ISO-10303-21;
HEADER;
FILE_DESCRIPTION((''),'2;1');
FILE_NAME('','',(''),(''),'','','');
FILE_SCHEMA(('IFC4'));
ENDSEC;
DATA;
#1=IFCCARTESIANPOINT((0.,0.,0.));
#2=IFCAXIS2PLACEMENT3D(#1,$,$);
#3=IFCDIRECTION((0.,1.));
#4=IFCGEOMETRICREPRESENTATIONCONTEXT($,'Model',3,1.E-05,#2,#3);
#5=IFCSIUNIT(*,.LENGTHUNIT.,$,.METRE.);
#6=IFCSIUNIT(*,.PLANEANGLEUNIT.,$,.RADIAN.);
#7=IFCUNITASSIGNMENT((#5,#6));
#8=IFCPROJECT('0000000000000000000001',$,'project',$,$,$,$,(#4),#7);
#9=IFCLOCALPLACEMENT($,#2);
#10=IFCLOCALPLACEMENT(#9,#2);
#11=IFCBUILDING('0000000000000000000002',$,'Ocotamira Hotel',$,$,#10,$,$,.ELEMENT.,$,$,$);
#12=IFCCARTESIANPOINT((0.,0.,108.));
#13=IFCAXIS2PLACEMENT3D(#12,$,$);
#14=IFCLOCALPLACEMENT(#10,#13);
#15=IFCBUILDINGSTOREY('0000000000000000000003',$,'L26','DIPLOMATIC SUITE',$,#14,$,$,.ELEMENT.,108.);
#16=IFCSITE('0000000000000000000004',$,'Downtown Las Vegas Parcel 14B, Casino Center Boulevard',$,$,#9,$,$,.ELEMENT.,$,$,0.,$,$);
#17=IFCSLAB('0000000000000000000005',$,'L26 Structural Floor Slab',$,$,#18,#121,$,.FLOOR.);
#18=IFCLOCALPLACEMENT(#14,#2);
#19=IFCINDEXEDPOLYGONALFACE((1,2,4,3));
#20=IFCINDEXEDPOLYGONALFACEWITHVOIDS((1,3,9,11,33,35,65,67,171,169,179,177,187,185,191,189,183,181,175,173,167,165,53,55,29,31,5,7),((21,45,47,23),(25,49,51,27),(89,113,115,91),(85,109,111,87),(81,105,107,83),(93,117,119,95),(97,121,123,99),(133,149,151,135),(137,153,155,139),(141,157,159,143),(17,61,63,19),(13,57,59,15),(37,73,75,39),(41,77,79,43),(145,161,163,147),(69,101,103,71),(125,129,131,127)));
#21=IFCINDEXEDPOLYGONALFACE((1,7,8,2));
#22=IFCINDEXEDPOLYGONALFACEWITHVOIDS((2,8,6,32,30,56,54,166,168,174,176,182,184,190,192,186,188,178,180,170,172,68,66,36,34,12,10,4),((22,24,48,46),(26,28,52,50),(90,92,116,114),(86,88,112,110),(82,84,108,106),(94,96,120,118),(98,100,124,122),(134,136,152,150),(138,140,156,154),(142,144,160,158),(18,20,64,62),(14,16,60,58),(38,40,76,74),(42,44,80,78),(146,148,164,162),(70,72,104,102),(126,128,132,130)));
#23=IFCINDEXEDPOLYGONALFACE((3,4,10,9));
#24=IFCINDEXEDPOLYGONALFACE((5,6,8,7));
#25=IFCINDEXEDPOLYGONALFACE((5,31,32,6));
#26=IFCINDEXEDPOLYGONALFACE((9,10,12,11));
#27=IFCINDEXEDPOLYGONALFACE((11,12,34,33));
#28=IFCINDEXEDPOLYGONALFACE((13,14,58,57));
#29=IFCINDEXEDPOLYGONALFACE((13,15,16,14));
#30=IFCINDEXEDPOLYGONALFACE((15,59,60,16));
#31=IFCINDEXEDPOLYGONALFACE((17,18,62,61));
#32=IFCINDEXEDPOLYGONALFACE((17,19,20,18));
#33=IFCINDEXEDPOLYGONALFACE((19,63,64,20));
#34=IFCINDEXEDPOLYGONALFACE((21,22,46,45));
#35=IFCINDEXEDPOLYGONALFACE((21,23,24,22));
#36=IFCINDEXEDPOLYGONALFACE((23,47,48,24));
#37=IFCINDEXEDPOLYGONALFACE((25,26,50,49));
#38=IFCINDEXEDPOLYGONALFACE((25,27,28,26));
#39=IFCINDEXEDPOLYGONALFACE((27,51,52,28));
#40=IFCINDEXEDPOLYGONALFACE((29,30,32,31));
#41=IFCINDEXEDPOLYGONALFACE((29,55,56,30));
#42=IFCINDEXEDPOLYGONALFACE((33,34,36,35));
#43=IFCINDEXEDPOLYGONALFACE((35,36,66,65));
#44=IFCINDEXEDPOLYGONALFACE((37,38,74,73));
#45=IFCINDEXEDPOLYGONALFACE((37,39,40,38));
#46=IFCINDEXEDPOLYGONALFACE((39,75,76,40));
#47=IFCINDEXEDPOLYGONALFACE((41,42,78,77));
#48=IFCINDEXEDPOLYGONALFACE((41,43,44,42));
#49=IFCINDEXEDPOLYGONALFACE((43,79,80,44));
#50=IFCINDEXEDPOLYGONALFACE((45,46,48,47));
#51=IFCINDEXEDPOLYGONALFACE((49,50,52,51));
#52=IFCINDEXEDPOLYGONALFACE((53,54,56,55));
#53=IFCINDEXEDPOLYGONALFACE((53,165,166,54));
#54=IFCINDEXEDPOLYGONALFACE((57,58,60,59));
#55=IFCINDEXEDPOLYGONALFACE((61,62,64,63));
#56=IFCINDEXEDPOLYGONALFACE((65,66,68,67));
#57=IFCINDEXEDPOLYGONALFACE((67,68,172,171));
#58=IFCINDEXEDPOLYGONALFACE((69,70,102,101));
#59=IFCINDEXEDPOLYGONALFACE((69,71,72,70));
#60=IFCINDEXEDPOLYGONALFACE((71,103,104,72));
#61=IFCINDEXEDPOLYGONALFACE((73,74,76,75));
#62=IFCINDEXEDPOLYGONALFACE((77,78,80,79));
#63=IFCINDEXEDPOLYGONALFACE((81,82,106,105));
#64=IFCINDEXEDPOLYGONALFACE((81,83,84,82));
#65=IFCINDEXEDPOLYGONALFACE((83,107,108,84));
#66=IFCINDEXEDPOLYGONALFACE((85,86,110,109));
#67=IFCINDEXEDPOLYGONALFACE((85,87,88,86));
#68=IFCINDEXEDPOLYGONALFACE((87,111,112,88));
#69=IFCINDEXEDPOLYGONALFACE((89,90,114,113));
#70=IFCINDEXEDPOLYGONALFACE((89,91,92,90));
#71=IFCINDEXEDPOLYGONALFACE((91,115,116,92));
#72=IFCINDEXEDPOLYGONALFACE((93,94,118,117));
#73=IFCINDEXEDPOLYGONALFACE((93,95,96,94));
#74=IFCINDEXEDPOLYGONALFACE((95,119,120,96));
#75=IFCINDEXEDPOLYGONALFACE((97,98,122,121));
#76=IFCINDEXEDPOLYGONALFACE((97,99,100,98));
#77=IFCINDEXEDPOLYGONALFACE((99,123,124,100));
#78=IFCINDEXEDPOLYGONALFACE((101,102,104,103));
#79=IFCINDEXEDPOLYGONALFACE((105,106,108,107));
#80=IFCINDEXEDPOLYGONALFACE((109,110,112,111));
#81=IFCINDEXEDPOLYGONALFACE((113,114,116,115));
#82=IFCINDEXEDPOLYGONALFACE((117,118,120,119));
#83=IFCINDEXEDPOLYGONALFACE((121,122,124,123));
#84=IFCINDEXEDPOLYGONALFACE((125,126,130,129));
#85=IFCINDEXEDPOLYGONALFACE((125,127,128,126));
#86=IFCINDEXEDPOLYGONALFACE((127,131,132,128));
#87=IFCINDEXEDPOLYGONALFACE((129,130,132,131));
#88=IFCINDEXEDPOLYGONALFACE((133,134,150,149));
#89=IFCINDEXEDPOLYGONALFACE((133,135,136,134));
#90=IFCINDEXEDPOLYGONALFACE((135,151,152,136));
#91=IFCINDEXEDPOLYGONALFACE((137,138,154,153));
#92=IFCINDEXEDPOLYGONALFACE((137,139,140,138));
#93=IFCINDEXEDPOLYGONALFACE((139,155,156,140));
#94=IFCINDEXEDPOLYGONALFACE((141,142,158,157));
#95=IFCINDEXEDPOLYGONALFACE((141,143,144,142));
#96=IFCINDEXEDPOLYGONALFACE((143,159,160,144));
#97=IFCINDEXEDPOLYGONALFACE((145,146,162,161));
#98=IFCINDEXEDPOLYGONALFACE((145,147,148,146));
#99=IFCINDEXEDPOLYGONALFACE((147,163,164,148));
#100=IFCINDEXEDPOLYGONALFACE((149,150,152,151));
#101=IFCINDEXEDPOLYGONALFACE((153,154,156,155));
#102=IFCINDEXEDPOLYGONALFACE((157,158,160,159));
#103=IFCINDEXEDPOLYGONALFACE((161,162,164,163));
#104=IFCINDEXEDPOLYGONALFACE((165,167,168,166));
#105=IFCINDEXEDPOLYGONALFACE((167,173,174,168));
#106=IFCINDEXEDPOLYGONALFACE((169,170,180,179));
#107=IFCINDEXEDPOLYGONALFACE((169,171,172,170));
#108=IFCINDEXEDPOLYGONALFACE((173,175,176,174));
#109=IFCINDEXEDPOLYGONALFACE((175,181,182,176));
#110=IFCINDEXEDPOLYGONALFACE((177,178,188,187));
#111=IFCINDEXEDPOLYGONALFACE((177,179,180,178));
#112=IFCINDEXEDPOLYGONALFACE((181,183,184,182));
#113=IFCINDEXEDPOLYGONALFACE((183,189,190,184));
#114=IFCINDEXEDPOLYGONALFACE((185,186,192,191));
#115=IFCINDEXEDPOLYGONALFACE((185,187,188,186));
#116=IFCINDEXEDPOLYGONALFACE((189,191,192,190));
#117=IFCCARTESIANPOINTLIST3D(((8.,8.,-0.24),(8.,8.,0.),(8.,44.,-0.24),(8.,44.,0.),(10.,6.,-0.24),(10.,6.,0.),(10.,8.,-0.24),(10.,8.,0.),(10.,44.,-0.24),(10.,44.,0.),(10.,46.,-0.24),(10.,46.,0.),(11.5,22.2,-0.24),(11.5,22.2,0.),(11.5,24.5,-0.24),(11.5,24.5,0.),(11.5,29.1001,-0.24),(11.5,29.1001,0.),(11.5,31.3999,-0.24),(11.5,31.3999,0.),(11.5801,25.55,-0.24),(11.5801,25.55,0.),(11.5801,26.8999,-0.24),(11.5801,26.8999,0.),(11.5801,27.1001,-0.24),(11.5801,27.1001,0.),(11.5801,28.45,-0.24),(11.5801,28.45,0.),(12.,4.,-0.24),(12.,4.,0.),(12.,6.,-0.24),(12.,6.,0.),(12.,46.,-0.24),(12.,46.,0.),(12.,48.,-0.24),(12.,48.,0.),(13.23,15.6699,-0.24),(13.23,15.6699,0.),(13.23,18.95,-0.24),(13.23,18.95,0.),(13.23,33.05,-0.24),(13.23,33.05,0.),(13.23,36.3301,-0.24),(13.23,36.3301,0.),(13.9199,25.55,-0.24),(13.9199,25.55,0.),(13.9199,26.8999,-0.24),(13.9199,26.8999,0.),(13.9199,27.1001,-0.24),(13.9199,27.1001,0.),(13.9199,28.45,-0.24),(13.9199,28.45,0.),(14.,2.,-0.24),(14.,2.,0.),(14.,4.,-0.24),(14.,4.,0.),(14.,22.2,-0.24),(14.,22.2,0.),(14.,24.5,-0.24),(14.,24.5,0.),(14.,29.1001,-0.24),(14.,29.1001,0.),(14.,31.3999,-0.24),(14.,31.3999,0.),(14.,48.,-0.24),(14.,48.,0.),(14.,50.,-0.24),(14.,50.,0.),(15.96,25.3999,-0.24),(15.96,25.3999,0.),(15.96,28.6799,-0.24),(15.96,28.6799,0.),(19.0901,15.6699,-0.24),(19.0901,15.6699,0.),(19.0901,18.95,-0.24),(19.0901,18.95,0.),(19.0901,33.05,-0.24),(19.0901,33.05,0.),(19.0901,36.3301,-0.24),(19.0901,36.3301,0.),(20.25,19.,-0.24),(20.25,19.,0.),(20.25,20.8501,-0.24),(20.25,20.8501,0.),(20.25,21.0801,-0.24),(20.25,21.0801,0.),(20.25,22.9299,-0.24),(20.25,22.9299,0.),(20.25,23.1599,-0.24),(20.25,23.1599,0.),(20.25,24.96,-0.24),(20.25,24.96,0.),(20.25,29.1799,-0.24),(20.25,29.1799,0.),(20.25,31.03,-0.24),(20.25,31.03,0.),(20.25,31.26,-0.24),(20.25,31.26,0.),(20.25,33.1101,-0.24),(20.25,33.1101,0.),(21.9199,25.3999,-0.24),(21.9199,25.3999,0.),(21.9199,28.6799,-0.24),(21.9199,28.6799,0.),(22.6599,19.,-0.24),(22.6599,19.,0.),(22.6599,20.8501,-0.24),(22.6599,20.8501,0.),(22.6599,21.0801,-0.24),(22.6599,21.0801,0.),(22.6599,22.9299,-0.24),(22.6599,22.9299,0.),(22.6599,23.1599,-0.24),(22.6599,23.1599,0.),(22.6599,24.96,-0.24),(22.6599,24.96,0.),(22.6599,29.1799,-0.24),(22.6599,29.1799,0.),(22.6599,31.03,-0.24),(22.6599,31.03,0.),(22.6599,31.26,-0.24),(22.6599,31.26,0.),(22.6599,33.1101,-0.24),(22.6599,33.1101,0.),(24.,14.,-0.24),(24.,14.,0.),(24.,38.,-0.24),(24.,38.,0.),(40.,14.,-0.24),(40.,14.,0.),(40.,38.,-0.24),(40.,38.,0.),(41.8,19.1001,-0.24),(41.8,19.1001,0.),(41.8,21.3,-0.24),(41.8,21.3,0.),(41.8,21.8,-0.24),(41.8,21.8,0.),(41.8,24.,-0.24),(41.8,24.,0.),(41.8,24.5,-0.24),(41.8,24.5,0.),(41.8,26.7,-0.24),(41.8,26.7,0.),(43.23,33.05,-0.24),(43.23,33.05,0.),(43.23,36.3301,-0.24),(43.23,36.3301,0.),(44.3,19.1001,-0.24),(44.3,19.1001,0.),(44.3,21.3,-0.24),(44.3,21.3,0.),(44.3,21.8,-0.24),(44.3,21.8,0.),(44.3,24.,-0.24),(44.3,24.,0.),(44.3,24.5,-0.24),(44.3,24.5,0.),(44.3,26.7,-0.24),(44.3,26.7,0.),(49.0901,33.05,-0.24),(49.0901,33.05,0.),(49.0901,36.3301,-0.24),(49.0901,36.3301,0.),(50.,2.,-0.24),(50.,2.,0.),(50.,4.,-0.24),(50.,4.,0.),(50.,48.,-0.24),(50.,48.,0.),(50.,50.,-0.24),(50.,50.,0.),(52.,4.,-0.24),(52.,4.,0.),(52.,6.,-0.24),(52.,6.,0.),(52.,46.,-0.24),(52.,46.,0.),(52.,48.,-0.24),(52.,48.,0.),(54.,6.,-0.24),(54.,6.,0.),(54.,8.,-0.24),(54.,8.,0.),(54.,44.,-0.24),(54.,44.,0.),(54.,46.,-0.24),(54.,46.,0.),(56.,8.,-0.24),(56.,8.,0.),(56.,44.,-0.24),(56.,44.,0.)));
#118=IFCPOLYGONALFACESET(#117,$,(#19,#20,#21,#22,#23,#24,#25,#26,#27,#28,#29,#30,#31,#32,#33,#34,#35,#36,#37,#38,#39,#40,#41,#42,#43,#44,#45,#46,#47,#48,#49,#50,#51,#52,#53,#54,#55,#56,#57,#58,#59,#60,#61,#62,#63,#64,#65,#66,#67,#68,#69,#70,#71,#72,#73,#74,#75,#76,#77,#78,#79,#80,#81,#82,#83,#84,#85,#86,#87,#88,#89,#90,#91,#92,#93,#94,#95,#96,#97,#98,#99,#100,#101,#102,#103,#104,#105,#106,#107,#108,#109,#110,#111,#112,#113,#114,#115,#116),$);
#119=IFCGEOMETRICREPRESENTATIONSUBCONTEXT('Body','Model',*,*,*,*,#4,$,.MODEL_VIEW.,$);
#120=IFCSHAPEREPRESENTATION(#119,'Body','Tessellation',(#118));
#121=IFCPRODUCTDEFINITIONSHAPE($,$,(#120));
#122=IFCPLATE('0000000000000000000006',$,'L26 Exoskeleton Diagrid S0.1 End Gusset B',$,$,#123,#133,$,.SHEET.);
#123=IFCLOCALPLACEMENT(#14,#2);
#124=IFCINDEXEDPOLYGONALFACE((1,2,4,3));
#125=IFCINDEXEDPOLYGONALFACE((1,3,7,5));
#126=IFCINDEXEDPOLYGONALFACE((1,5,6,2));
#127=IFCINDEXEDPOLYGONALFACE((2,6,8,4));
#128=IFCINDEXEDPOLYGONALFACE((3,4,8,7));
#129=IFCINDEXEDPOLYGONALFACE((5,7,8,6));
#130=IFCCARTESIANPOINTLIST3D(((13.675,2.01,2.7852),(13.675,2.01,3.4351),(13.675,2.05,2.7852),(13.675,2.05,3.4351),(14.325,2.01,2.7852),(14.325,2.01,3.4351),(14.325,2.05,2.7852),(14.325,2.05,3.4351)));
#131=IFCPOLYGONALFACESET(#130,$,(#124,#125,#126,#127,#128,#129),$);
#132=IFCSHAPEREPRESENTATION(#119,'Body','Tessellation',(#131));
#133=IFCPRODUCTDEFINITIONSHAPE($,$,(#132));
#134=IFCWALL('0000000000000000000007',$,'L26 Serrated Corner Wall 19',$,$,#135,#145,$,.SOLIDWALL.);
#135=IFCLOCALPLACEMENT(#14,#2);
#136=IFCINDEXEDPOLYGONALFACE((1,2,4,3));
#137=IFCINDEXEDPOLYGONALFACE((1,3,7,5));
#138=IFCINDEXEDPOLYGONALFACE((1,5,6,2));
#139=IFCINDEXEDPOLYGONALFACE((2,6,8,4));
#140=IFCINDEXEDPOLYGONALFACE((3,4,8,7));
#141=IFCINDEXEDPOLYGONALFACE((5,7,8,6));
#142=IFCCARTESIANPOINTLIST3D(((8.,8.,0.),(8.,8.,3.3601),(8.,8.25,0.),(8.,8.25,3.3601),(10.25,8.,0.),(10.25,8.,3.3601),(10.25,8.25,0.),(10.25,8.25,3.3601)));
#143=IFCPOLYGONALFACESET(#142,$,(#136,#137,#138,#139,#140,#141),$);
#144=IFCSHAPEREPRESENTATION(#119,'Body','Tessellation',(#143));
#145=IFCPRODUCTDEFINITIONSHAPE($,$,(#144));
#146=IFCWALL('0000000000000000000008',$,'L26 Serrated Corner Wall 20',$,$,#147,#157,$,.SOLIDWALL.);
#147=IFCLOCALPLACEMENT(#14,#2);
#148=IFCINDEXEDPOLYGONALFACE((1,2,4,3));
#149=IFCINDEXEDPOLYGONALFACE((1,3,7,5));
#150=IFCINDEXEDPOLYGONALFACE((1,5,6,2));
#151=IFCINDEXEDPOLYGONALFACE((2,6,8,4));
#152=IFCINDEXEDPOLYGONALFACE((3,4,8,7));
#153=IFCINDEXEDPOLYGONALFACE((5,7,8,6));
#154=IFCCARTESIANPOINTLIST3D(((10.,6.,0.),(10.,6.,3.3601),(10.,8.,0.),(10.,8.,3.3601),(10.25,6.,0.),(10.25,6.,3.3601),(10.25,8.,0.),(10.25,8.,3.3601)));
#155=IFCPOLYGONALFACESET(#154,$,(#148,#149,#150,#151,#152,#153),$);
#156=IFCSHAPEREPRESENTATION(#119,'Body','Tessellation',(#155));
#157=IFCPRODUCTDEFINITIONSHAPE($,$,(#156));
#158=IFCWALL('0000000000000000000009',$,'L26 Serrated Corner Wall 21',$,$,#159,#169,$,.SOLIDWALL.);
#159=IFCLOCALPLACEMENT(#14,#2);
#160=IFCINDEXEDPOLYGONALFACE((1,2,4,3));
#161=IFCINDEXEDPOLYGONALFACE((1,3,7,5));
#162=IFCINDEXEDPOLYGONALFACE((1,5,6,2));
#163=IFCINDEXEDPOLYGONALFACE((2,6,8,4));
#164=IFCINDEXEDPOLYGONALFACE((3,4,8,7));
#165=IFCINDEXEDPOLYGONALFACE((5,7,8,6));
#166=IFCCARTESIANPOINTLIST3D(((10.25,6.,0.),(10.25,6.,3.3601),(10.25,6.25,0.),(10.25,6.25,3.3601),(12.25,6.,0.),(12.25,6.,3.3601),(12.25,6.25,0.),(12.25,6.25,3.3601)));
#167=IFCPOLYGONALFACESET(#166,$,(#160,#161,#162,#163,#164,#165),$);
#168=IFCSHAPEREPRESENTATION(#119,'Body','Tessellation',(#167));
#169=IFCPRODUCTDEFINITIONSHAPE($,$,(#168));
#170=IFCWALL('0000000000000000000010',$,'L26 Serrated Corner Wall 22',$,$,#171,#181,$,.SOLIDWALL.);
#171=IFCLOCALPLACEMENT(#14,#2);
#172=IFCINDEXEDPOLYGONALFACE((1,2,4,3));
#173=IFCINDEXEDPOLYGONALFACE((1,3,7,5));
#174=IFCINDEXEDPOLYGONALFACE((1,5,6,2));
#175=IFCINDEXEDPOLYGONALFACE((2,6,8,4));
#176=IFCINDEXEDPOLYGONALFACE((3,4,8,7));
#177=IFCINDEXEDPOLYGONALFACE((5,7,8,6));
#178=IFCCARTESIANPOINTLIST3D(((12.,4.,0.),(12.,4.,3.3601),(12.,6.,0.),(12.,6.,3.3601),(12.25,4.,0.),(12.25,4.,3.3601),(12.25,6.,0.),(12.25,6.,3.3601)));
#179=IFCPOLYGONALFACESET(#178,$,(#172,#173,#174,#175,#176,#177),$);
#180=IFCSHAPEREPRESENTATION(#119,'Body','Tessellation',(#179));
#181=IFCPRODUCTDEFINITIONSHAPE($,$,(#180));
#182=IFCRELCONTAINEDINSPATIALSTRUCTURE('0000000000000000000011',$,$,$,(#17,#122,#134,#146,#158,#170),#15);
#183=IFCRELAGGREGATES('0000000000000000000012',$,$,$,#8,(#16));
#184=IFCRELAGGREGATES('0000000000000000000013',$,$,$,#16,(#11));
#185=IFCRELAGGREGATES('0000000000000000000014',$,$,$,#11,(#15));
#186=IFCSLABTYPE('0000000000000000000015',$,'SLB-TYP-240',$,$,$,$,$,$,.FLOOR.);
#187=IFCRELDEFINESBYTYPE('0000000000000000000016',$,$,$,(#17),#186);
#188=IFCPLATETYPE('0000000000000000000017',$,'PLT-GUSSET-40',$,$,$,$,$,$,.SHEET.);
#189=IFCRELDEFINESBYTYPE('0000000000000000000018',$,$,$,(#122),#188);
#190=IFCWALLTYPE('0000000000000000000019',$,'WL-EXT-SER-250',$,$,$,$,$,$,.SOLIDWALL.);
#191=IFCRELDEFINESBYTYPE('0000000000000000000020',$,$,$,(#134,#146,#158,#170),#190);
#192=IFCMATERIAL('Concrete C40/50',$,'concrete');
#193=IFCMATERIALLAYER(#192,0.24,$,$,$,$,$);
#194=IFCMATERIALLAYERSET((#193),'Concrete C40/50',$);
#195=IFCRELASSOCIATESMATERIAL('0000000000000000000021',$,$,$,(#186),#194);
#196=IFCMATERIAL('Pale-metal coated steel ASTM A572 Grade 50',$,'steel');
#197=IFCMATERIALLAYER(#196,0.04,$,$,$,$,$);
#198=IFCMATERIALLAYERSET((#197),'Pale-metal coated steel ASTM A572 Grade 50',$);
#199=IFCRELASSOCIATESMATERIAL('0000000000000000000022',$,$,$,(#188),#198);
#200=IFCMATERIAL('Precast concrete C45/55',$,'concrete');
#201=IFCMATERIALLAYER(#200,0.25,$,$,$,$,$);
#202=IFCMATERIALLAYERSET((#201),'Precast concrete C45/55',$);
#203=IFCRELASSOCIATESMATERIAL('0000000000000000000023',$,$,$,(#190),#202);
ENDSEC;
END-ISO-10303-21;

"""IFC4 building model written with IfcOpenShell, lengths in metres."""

from ifc_helpers import new_model, si_unit, direction, frame, frame_2d, origin, origin_2d, place, context, subcontext, project, spatial, polyline, rectangle, outline, extrude, source, transform, mapped, material, layer, layer_set, type_object, element, save


model = new_model("IFC4")

# Units and contexts
model_context = context("Model", 3, precision=1e-05, world=origin(), true_north=direction((0.0, 1.0)))
body_context = subcontext(model_context, "Body", "Model", "MODEL_VIEW")
ifc_project = project(units=[si_unit("LENGTHUNIT", "METRE"), si_unit("PLANEANGLEUNIT", "RADIAN")], contexts=[model_context])

# Site, building, storey
site_placement = place(None, origin())
site = spatial("IfcSite", under=ifc_project, at=site_placement, Name="Downtown Las Vegas Parcel 14B, Casino Center Boulevard", CompositionType="ELEMENT", RefElevation=0.0)
building_placement = place(site_placement, origin())
building = spatial("IfcBuilding", under=site, at=building_placement, Name="Ocotamira Hotel", CompositionType="ELEMENT")
storey_placement = place(building_placement, frame((0.0, 0.0, 108.0)))
storey = spatial("IfcBuildingStorey", under=building, at=storey_placement, Name="L26", Description="DIPLOMATIC SUITE", CompositionType="ELEMENT", Elevation=108.0)

# Shared definitions
ifc_material_1 = material(Name="Concrete C40/50", Category="concrete")

# Slab
ifc_layer_1 = layer(ifc_material_1, 0.24)
ifc_layer_set_1 = layer_set([ifc_layer_1], Name="Concrete C40/50")
slab_type_1 = type_object("IfcSlabType", Name="SLB-TYP-240", PredefinedType="FLOOR", material=ifc_layer_set_1)
slab_1_placement = place(storey_placement, frame((0.0, 0.0, -0.24)))
element("IfcSlab", 1, at=slab_1_placement, inside=storey, type_object=slab_type_1, Name="L26 Structural Floor Slab", PredefinedType="FLOOR", context=body_context, shape_type="SweptSolid", body=[
    extrude(outline(polyline([(14.0, 2.0), (50.0, 2.0), (50.0, 4.0), (52.0, 4.0), (52.0, 6.0), (54.0, 6.0), (54.0, 8.0), (56.0, 8.0), (56.0, 44.0), (54.0, 44.0), (54.0, 46.0), (52.0, 46.0), (52.0, 48.0), (50.0, 48.0), (50.0, 50.0), (14.0, 50.0), (14.0, 48.0), (12.0, 48.0), (12.0, 46.0), (10.0, 46.0), (10.0, 44.0), (8.0, 44.0), (8.0, 8.0), (10.0, 8.0), (10.0, 6.0), (12.0, 6.0), (12.0, 4.0), (14.0, 4.0), (14.0, 2.0)]), holes=[polyline([(24.0, 14.0), (40.0, 14.0), (40.0, 38.0), (24.0, 38.0), (24.0, 14.0)]), polyline([(13.23, 15.6699), (19.0901, 15.6699), (19.0901, 18.95), (13.23, 18.95), (13.23, 15.6699)]), polyline([(13.23, 33.05), (19.0901, 33.05), (19.0901, 36.3301), (13.23, 36.3301), (13.23, 33.05)]), polyline([(15.96, 25.3999), (21.9199, 25.3999), (21.9199, 28.6799), (15.96, 28.6799), (15.96, 25.3999)]), polyline([(43.23, 33.05), (49.0901, 33.05), (49.0901, 36.3301), (43.23, 36.3301), (43.23, 33.05)]), polyline([(41.8, 19.1001), (44.3, 19.1001), (44.3, 21.3), (41.8, 21.3), (41.8, 19.1001)]), polyline([(41.8, 21.8), (44.3, 21.8), (44.3, 24.0), (41.8, 24.0), (41.8, 21.8)]), polyline([(41.8, 24.5), (44.3, 24.5), (44.3, 26.7), (41.8, 26.7), (41.8, 24.5)]), polyline([(20.25, 19.0), (22.6599, 19.0), (22.6599, 20.8501), (20.25, 20.8501), (20.25, 19.0)]), polyline([(20.25, 21.0801), (22.6599, 21.0801), (22.6599, 22.9299), (20.25, 22.9299), (20.25, 21.0801)]), polyline([(20.25, 23.1599), (22.6599, 23.1599), (22.6599, 24.96), (20.25, 24.96), (20.25, 23.1599)]), polyline([(20.25, 29.1799), (22.6599, 29.1799), (22.6599, 31.03), (20.25, 31.03), (20.25, 29.1799)]), polyline([(20.25, 31.26), (22.6599, 31.26), (22.6599, 33.1101), (20.25, 33.1101), (20.25, 31.26)]), polyline([(11.5, 22.2), (14.0, 22.2), (14.0, 24.5), (11.5, 24.5), (11.5, 22.2)]), polyline([(11.5, 29.1001), (14.0, 29.1001), (14.0, 31.3999), (11.5, 31.3999), (11.5, 29.1001)]), polyline([(11.5801, 25.55), (13.9199, 25.55), (13.9199, 26.8999), (11.5801, 26.8999), (11.5801, 25.55)]), polyline([(11.5801, 27.1001), (13.9199, 27.1001), (13.9199, 28.45), (11.5801, 28.45), (11.5801, 27.1001)])]), origin(), (0.0, 0.0, 1.0), 0.24),
])

# Plate
ifc_material_2 = material(Name="Pale-metal coated steel ASTM A572 Grade 50", Category="steel")
ifc_layer_2 = layer(ifc_material_2, 0.04)
ifc_layer_set_2 = layer_set([ifc_layer_2], Name="Pale-metal coated steel ASTM A572 Grade 50")
plate_type = type_object("IfcPlateType", Name="PLT-GUSSET-40", PredefinedType="SHEET", material=ifc_layer_set_2)
shared_shape_1 = source(origin(), body_context, "Body", "SweptSolid", [
    extrude(rectangle(XDim=0.6499, YDim=0.04, at=origin_2d()), origin(), (0.0, 0.0, 1.0), 0.6499),
])
plate_placement = place(storey_placement, frame((14.0, 2.03, 2.7852), z_axis=(0.0, 0.0, 1.0), x_axis=(-1.0, 0.0, 0.0)))
element("IfcPlate", 2, at=plate_placement, inside=storey, type_object=plate_type, Name="L26 Exoskeleton Diagrid S0.1 End Gusset B", PredefinedType="SHEET", context=body_context, shape_type="MappedRepresentation", body=[
    mapped(shared_shape_1, transform((0.0, 0.0, 0.0), scale=1.0)),
])

# Walls
ifc_material_3 = material(Name="Precast concrete C45/55", Category="concrete")
ifc_layer_3 = layer(ifc_material_3, 0.25)
ifc_layer_set_3 = layer_set([ifc_layer_3], Name="Precast concrete C45/55")
wall_type_1 = type_object("IfcWallType", Name="WL-EXT-SER-250", PredefinedType="SOLIDWALL", material=ifc_layer_set_3)
wall_1_placement = place(storey_placement, frame((8.0, 8.125, 0.0), z_axis=(0.0, 0.0, 1.0), x_axis=(1.0, 0.0, 0.0)))
element("IfcWall", 3, at=wall_1_placement, inside=storey, type_object=wall_type_1, Name="L26 Serrated Corner Wall 19", PredefinedType="SOLIDWALL", context=body_context, shape_type="SweptSolid", body=[
    extrude(rectangle(XDim=2.25, YDim=0.25, at=frame_2d((1.125, 0.0))), origin(), (0.0, 0.0, 1.0), 3.3601),
])
for number, where, z_axis, x_axis, name in (
    (4, (10.125, 8.0, 0.0), (0.0, 0.0, 1.0), (0.0, -1.0, 0.0), "L26 Serrated Corner Wall 20"),
    (5, (10.25, 6.125, 0.0), (0.0, 0.0, 1.0), (1.0, 0.0, 0.0), "L26 Serrated Corner Wall 21"),
    (6, (12.125, 6.0, 0.0), (0.0, 0.0, 1.0), (0.0, -1.0, 0.0), "L26 Serrated Corner Wall 22"),
):
    element("IfcWall", number, at=place(storey_placement, frame(where, z_axis=z_axis, x_axis=x_axis)), inside=storey, type_object=wall_type_1, Name=name, PredefinedType="SOLIDWALL", context=body_context, shape_type="SweptSolid", body=[
        extrude(rectangle(XDim=2.0, YDim=0.25, at=frame_2d((1.0, 0.0))), origin(), (0.0, 0.0, 1.0), 3.3601),
    ])

save(model, "model.ifc")
